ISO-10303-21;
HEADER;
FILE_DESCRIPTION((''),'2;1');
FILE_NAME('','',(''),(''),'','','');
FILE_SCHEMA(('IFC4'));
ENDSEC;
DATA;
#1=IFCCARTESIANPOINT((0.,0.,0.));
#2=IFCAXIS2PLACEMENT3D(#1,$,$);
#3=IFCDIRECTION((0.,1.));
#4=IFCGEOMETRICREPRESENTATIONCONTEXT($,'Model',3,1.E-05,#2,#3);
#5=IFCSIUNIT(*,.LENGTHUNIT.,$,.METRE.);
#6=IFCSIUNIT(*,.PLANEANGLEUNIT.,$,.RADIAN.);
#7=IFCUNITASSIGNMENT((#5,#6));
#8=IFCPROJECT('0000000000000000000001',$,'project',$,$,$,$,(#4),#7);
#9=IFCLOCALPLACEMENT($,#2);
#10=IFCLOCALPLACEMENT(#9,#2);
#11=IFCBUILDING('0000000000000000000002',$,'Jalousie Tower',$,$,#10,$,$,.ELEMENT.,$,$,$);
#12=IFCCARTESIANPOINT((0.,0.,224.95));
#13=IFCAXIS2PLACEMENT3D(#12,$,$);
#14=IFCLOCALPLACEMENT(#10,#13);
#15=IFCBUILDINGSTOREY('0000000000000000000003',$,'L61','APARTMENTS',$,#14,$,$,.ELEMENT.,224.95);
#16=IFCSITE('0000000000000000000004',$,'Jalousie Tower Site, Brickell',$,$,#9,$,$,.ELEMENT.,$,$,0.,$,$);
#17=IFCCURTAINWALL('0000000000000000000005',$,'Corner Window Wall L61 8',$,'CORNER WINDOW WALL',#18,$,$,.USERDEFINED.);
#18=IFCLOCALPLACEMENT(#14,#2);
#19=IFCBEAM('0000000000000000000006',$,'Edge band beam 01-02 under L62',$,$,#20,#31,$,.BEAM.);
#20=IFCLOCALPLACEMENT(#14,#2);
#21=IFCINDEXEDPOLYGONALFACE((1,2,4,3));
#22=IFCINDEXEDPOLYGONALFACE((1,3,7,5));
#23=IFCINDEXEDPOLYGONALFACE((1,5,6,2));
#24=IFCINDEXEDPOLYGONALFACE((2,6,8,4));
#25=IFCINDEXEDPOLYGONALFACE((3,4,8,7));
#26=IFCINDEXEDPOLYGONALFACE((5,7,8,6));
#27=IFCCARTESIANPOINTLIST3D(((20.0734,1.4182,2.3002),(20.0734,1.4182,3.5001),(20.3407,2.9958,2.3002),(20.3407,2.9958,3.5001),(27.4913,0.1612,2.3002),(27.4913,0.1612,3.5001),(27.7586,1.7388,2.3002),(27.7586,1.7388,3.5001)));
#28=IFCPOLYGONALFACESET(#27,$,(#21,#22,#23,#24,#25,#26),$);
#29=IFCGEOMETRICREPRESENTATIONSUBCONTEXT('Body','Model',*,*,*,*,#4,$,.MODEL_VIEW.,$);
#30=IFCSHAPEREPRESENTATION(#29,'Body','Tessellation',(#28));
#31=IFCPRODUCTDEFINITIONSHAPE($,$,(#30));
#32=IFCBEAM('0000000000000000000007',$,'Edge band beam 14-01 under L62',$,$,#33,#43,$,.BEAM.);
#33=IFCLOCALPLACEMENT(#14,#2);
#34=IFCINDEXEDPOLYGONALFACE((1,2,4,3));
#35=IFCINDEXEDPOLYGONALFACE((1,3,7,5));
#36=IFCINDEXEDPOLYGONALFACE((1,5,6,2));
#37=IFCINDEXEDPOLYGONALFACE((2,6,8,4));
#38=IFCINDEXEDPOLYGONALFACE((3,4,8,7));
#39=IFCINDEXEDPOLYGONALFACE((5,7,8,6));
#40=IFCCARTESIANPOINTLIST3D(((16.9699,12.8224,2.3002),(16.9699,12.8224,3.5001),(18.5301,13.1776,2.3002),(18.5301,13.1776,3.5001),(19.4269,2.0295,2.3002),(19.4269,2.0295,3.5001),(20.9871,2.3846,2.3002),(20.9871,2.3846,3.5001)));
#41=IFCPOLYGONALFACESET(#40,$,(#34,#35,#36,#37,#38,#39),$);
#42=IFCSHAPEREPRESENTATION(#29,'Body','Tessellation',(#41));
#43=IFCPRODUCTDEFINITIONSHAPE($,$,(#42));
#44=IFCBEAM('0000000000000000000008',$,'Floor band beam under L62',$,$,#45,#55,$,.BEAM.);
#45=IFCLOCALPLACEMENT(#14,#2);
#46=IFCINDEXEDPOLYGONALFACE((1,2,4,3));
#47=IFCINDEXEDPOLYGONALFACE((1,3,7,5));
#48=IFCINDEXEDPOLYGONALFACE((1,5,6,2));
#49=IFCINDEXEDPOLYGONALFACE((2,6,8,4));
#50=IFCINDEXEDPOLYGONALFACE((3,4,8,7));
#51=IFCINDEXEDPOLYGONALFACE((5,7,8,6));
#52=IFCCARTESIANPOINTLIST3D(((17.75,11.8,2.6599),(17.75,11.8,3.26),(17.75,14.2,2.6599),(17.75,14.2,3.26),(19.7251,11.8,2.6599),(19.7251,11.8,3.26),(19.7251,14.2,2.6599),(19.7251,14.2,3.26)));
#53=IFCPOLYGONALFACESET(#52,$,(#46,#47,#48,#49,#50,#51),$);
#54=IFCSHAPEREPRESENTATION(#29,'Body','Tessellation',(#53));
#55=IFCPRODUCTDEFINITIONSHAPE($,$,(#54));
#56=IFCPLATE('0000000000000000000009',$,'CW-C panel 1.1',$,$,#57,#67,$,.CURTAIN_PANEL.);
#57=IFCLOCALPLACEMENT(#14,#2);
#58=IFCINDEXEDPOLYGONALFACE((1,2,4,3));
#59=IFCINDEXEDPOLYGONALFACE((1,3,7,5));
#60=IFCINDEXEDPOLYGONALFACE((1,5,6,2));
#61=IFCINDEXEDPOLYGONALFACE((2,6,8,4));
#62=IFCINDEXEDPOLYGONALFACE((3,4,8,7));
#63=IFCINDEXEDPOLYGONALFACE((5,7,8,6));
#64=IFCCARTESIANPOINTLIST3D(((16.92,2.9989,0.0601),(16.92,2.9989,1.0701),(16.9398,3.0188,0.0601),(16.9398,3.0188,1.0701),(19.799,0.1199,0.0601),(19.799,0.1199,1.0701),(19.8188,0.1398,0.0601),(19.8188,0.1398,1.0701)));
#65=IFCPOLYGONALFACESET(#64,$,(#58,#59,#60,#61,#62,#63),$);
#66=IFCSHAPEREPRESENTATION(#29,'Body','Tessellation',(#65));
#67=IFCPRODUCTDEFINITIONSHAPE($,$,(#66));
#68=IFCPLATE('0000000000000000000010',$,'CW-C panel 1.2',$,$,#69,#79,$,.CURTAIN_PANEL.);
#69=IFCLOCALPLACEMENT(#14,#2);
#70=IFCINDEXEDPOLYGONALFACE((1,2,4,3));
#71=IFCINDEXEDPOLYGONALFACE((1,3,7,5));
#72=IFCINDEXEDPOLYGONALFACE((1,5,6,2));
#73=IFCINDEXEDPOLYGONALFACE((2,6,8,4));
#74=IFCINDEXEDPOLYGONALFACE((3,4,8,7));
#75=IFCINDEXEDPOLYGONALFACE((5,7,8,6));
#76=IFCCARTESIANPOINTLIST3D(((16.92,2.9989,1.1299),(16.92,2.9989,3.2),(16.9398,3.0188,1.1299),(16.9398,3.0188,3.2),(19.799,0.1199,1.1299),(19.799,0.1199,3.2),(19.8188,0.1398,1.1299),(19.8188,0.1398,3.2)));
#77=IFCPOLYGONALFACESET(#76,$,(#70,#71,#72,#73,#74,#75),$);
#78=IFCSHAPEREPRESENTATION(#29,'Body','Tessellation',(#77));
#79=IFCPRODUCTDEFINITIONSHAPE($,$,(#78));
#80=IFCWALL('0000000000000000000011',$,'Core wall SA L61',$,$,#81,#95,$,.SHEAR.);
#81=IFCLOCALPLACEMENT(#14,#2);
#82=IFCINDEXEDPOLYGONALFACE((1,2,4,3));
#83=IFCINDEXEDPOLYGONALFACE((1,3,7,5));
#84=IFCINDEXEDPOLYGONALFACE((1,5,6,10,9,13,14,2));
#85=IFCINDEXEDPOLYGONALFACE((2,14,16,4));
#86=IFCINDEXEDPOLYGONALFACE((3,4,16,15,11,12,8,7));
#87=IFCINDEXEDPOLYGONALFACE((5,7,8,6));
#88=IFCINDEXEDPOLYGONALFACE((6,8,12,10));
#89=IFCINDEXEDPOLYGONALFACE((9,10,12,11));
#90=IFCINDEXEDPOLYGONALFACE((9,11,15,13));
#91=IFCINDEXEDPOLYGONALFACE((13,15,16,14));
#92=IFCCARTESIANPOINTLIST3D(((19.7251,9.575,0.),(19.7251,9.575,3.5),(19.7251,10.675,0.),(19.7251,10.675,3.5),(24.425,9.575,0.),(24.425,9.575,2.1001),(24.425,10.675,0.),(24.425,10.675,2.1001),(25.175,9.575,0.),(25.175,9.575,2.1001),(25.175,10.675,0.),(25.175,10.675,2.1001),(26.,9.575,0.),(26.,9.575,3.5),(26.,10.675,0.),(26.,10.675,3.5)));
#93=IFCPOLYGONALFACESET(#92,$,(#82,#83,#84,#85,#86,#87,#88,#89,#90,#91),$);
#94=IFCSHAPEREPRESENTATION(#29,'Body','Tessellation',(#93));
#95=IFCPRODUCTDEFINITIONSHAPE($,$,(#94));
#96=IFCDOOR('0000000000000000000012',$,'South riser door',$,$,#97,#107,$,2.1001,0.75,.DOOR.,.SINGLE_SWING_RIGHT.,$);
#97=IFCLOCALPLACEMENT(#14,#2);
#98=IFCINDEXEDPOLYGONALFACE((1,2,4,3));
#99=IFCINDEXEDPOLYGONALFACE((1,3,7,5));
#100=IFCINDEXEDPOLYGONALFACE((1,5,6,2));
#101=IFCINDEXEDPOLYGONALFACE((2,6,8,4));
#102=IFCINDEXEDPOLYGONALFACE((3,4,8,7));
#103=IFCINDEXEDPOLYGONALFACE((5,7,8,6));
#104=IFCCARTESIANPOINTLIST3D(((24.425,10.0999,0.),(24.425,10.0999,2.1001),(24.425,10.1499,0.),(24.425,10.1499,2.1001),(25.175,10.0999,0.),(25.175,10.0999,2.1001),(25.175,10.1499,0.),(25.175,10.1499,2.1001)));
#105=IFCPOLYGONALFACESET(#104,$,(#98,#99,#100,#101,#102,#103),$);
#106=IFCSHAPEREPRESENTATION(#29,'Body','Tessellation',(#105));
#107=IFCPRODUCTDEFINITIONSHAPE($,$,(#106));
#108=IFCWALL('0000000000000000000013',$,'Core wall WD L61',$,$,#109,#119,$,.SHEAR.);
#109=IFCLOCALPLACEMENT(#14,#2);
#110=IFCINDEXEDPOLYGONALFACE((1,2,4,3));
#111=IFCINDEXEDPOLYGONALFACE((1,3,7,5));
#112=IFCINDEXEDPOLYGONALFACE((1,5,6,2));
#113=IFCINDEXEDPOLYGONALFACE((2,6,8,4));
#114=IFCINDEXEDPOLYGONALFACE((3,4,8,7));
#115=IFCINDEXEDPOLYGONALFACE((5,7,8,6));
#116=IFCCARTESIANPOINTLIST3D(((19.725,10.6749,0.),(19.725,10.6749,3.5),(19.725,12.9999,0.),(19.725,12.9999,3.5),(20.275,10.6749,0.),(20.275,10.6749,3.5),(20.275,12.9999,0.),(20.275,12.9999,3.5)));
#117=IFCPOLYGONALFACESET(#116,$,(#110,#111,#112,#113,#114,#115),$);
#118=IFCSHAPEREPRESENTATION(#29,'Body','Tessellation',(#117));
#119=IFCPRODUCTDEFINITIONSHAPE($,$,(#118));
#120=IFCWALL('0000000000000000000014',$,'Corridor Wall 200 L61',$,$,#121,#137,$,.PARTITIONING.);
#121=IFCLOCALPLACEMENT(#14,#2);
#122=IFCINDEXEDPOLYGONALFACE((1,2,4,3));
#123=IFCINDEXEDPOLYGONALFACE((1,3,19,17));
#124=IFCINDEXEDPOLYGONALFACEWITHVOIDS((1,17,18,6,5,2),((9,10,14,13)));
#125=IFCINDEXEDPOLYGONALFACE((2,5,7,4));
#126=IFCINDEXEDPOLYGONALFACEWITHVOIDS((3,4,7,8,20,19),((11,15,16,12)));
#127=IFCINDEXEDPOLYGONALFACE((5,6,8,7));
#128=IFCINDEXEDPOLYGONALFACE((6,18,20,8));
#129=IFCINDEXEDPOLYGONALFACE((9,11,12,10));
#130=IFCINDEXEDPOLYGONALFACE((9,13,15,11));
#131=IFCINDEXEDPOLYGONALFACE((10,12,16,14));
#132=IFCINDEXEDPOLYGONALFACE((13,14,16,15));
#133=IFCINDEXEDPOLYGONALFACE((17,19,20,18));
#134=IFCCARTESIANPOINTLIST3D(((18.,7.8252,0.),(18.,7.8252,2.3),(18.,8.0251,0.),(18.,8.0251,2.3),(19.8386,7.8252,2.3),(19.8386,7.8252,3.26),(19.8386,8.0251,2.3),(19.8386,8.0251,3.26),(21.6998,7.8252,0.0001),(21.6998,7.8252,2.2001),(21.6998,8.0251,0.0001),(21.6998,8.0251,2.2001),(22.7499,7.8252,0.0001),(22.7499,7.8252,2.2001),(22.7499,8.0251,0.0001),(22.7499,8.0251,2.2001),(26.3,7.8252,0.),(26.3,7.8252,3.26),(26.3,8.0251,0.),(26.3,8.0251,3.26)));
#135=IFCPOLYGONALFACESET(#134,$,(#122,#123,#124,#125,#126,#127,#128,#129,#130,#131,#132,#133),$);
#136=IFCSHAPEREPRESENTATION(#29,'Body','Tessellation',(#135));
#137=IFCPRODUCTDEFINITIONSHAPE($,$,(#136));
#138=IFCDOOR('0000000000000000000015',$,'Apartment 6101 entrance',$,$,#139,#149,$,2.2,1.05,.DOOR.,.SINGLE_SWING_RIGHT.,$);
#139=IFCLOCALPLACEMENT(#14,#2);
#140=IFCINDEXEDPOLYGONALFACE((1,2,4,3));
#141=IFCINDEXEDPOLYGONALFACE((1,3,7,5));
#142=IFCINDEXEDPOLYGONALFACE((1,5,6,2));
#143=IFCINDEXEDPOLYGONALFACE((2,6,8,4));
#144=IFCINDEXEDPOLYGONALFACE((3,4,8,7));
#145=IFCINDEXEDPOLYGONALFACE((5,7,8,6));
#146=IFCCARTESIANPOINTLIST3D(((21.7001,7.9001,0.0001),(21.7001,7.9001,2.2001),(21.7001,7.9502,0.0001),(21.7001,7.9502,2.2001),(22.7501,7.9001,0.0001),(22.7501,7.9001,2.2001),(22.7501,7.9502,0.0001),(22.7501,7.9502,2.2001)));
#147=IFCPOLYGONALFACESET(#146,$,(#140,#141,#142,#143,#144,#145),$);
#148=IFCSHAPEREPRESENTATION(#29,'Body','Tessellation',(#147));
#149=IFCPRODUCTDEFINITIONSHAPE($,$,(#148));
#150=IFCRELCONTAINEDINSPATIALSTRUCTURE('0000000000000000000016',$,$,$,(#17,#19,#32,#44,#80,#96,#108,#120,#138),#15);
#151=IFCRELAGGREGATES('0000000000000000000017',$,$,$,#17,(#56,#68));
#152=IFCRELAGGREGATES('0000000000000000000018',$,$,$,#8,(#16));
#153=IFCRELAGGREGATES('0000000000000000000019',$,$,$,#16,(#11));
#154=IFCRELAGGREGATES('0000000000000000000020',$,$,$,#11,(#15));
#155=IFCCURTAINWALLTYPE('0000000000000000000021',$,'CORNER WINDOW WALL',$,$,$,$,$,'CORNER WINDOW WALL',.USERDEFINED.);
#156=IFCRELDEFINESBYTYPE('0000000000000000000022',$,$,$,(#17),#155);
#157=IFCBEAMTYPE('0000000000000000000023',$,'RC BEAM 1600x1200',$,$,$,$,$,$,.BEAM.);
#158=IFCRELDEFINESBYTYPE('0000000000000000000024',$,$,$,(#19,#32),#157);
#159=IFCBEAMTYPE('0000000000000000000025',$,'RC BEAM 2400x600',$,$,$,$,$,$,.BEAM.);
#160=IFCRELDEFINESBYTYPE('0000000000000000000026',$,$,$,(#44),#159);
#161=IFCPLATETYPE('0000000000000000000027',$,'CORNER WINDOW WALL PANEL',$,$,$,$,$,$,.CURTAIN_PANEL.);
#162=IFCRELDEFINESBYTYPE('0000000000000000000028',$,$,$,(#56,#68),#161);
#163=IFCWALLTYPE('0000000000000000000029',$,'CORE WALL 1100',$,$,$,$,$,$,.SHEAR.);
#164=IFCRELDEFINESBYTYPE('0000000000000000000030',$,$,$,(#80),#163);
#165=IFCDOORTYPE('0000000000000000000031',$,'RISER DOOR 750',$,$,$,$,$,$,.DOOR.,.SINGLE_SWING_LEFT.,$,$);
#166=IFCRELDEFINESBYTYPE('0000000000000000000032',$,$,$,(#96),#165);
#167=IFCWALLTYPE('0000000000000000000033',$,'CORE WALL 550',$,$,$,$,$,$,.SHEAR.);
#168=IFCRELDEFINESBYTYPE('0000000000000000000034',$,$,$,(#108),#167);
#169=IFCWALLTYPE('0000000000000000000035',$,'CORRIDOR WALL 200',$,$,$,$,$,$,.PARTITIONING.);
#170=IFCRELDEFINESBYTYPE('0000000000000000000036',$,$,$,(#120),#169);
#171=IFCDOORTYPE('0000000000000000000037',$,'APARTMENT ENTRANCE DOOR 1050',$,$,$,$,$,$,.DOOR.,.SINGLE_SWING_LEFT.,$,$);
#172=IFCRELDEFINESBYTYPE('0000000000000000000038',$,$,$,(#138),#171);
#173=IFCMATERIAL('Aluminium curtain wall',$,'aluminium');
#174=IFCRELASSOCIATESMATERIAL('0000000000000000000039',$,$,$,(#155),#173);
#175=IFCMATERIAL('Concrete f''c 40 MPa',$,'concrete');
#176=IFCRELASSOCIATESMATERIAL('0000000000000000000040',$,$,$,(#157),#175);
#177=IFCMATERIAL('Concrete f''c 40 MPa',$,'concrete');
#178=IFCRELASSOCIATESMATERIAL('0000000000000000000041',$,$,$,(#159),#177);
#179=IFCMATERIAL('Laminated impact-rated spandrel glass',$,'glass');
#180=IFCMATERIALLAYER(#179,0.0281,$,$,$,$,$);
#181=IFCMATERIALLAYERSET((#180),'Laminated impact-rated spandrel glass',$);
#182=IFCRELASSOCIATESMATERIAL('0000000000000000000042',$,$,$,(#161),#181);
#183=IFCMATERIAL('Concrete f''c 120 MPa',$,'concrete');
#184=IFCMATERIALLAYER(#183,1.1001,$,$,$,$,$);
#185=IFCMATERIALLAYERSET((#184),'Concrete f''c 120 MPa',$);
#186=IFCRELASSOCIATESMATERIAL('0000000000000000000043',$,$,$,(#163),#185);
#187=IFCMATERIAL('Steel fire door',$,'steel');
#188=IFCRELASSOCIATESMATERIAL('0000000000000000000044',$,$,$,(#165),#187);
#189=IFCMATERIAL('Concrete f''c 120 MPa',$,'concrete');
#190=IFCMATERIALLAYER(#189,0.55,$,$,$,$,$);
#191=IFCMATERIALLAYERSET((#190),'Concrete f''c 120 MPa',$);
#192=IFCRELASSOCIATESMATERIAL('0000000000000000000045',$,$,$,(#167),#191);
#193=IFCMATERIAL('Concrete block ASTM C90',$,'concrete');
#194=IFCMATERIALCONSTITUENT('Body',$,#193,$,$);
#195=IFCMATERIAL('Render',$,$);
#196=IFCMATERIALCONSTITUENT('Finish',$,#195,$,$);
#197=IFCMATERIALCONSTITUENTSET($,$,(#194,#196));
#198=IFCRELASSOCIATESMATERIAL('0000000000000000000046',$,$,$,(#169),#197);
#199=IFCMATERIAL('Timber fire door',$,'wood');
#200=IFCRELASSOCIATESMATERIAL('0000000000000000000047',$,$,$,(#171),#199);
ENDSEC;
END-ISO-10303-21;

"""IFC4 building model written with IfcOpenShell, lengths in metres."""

from ifc_helpers import new_model, si_unit, direction, frame, frame_2d, origin, origin_2d, place, context, subcontext, project, spatial, polyline, rectangle, outline, extrude, material, layer, layer_set, constituent, constituent_set, material_profile, profile_set, type_object, element, fill, aggregate, save


model = new_model("IFC4")

# Units and contexts
model_context = context("Model", 3, precision=1e-05, world=origin(), true_north=direction((0.0, 1.0)))
body_context = subcontext(model_context, "Body", "Model", "MODEL_VIEW")
ifc_project = project(units=[si_unit("LENGTHUNIT", "METRE"), si_unit("PLANEANGLEUNIT", "RADIAN")], contexts=[model_context])

# Site, building, storey
site_placement = place(None, origin())
site = spatial("IfcSite", under=ifc_project, at=site_placement, Name="Jalousie Tower Site, Brickell", CompositionType="ELEMENT", RefElevation=0.0)
building_placement = place(site_placement, origin())
building = spatial("IfcBuilding", under=site, at=building_placement, Name="Jalousie Tower", CompositionType="ELEMENT")
storey_placement = place(building_placement, frame((0.0, 0.0, 224.95)))
storey = spatial("IfcBuildingStorey", under=building, at=storey_placement, Name="L61", Description="APARTMENTS", CompositionType="ELEMENT", Elevation=224.95)

# Curtain wall
ifc_material_1 = material(Name="Aluminium curtain wall", Category="aluminium")
curtain_wall_type = type_object("IfcCurtainWallType", Name="CORNER WINDOW WALL", ElementType="CORNER WINDOW WALL", PredefinedType="USERDEFINED", material=ifc_material_1)
curtain_wall_placement = place(storey_placement, origin())
curtain_wall = element("IfcCurtainWall", 1, at=curtain_wall_placement, inside=storey, type_object=curtain_wall_type, Name="Corner Window Wall L61 8", ObjectType="CORNER WINDOW WALL", PredefinedType="USERDEFINED")

# Beams
ifc_material_2 = material(Name="Concrete f'c 40 MPa", Category="concrete")
ifc_material_profile_1 = material_profile(ifc_material_2, rectangle(XDim=1.6001, YDim=1.2, at=origin_2d()), Name="RC 1600x1200")
ifc_profile_set_1 = profile_set([ifc_material_profile_1], Name="Concrete f'c 40 MPa")
beam_type_1 = type_object("IfcBeamType", Name="RC BEAM 1600x1200", PredefinedType="BEAM", material=ifc_profile_set_1)
beam_1_placement = place(storey_placement, frame((20.207, 2.207, 2.9001), z_axis=(0.985943, -0.167082, 0.0), x_axis=(0.167082, 0.985943, 0.0)))
element("IfcBeam", 2, at=beam_1_placement, inside=storey, type_object=beam_type_1, Name="Edge band beam 01-02 under L62", PredefinedType="BEAM", context=body_context, shape_type="SweptSolid", body=[
    extrude(rectangle(XDim=1.6001, YDim=1.2, at=origin_2d()), origin(), (0.0, 0.0, 1.0), 7.5237),
])
beam_2_placement = place(storey_placement, frame((17.75, 13.0, 2.9001), z_axis=(0.221972, -0.975053, 0.0), x_axis=(0.975053, 0.221972, 0.0)))
element("IfcBeam", 3, at=beam_2_placement, inside=storey, type_object=beam_type_1, Name="Edge band beam 14-01 under L62", PredefinedType="BEAM", context=body_context, shape_type="SweptSolid", body=[
    extrude(rectangle(XDim=1.6001, YDim=1.2, at=origin_2d()), origin(), (0.0, 0.0, 1.0), 11.0691),
])
ifc_material_3 = material(Name="Concrete f'c 40 MPa", Category="concrete")
ifc_material_profile_2 = material_profile(ifc_material_3, rectangle(XDim=2.3999, YDim=0.6001, at=origin_2d()), Name="RC 2400x600")
ifc_profile_set_2 = profile_set([ifc_material_profile_2], Name="Concrete f'c 40 MPa")
beam_type_2 = type_object("IfcBeamType", Name="RC BEAM 2400x600", PredefinedType="BEAM", material=ifc_profile_set_2)
beam_3_placement = place(storey_placement, frame((17.75, 13.0, 2.96), z_axis=(1.0, 0.0, 0.0), x_axis=(0.0, 1.0, 0.0)))
element("IfcBeam", 4, at=beam_3_placement, inside=storey, type_object=beam_type_2, Name="Floor band beam under L62", PredefinedType="BEAM", context=body_context, shape_type="SweptSolid", body=[
    extrude(rectangle(XDim=2.3999, YDim=0.6001, at=origin_2d()), origin(), (0.0, 0.0, 1.0), 1.9751),
])

# Plates
ifc_material_4 = material(Name="Laminated impact-rated spandrel glass", Category="glass")
ifc_layer_1 = layer(ifc_material_4, 0.0281)
ifc_layer_set_1 = layer_set([ifc_layer_1], Name="Laminated impact-rated spandrel glass")
plate_type = type_object("IfcPlateType", Name="CORNER WINDOW WALL PANEL", PredefinedType="CURTAIN_PANEL", material=ifc_layer_set_1)
plate_1_placement = place(storey_placement, frame((18.3694, 1.5693, 0.0601), z_axis=(0.0, 0.0, 1.0), x_axis=(0.707107, -0.707107, 0.0)))
plate_1 = element("IfcPlate", 5, at=plate_1_placement, type_object=plate_type, Name="CW-C panel 1.1", PredefinedType="CURTAIN_PANEL", context=body_context, shape_type="SweptSolid", body=[
    extrude(rectangle(XDim=4.0715, YDim=0.0281, at=origin_2d()), origin(), (0.0, 0.0, 1.0), 1.01),
])
plate_2_placement = place(storey_placement, frame((18.3694, 1.5693, 1.1299), z_axis=(0.0, 0.0, 1.0), x_axis=(0.707107, -0.707107, 0.0)))
plate_2 = element("IfcPlate", 6, at=plate_2_placement, type_object=plate_type, Name="CW-C panel 1.2", PredefinedType="CURTAIN_PANEL", context=body_context, shape_type="SweptSolid", body=[
    extrude(rectangle(XDim=4.0715, YDim=0.0281, at=origin_2d()), origin(), (0.0, 0.0, 1.0), 2.0701),
])
aggregate(curtain_wall, [plate_1, plate_2])

# Wall, opening, door
ifc_material_5 = material(Name="Concrete f'c 120 MPa", Category="concrete")
ifc_layer_2 = layer(ifc_material_5, 1.1001)
ifc_layer_set_2 = layer_set([ifc_layer_2], Name="Concrete f'c 120 MPa")
wall_type_1 = type_object("IfcWallType", Name="CORE WALL 1100", PredefinedType="SHEAR", material=ifc_layer_set_2)
wall_1_placement = place(storey_placement, frame((19.7251, 10.125, 0.0), z_axis=(0.0, 0.0, 1.0), x_axis=(1.0, 0.0, 0.0)))
wall_1 = element("IfcWall", 7, at=wall_1_placement, inside=storey, type_object=wall_type_1, Name="Core wall SA L61", PredefinedType="SHEAR", context=body_context, shape_type="SweptSolid", body=[
    extrude(rectangle(XDim=6.2749, YDim=1.1001, at=frame_2d((3.1375, 0.0))), origin(), (0.0, 0.0, 1.0), 3.5),
])
opening_1_placement = place(wall_1_placement, frame((4.7, 0.0, 0.0)))
opening_1 = element("IfcOpeningElement", 8, at=opening_1_placement, cuts=wall_1, PredefinedType="OPENING", context=body_context, shape_type="SweptSolid", body=[
    extrude(rectangle(XDim=0.75, YDim=2.1001, at=frame_2d((0.375, 1.05))), frame((0.0, 0.5601, 0.0), z_axis=(0.0, -1.0, 0.0), x_axis=(1.0, 0.0, 0.0)), (0.0, 0.0, 1.0), 1.1201),
])
ifc_material_6 = material(Name="Steel fire door", Category="steel")
door_type_1 = type_object("IfcDoorType", Name="RISER DOOR 750", OperationType="SINGLE_SWING_LEFT", PredefinedType="DOOR", material=ifc_material_6)
door_1_placement = place(opening_1_placement, origin())
door_1 = element("IfcDoor", 9, at=door_1_placement, inside=storey, type_object=door_type_1, Name="South riser door", OperationType="SINGLE_SWING_RIGHT", OverallHeight=2.1001, OverallWidth=0.75, PredefinedType="DOOR", context=body_context, shape_type="SweptSolid", body=[
    extrude(rectangle(XDim=0.75, YDim=2.1001, at=frame_2d((0.375, 1.05))), frame((0.0, 0.0249, 0.0), z_axis=(0.0, -1.0, 0.0), x_axis=(1.0, 0.0, 0.0)), (0.0, 0.0, 1.0), 0.05),
])
fill(opening_1, door_1)

# Wall
ifc_material_7 = material(Name="Concrete f'c 120 MPa", Category="concrete")
ifc_layer_3 = layer(ifc_material_7, 0.55)
ifc_layer_set_3 = layer_set([ifc_layer_3], Name="Concrete f'c 120 MPa")
wall_type_2 = type_object("IfcWallType", Name="CORE WALL 550", PredefinedType="SHEAR", material=ifc_layer_set_3)
wall_2_placement = place(storey_placement, frame((20.0, 13.0, 0.0), z_axis=(0.0, 0.0, 1.0), x_axis=(0.0, -1.0, 0.0)))
element("IfcWall", 10, at=wall_2_placement, inside=storey, type_object=wall_type_2, Name="Core wall WD L61", PredefinedType="SHEAR", context=body_context, shape_type="SweptSolid", body=[
    extrude(rectangle(XDim=2.325, YDim=0.55, at=frame_2d((1.1626, 0.0))), origin(), (0.0, 0.0, 1.0), 3.5),
])

# Wall, opening, door
ifc_material_8 = material(Name="Concrete block ASTM C90", Category="concrete")
ifc_constituent_1 = constituent(ifc_material_8, Name="Body")
ifc_material_9 = material(Name="Render")
ifc_constituent_2 = constituent(ifc_material_9, Name="Finish")
ifc_constituent_set_1 = constituent_set(constituents=[ifc_constituent_1, ifc_constituent_2])
wall_type_3 = type_object("IfcWallType", Name="CORRIDOR WALL 200", PredefinedType="PARTITIONING", material=ifc_constituent_set_1)
wall_3_placement = place(storey_placement, frame((18.0, 7.925, 0.0), z_axis=(0.0, 0.0, 1.0), x_axis=(1.0, 0.0, 0.0)))
wall_3 = element("IfcWall", 11, at=wall_3_placement, inside=storey, type_object=wall_type_3, Name="Corridor Wall 200 L61", PredefinedType="PARTITIONING", context=body_context, shape_type="SweptSolid", body=[
    extrude(outline(polyline([(0.0, 0.0), (8.3, 0.0), (8.3, 3.26), (1.8386, 3.26), (1.8386, 2.3), (0.0, 2.3), (0.0, 3.26), (0.0, 0.0)])), frame((0.0, 0.1001, 0.0), z_axis=(0.0, -1.0, 0.0), x_axis=(1.0, 0.0, 0.0)), (0.0, 0.0, 1.0), 0.2),
])
opening_2_placement = place(wall_3_placement, frame((3.7, 0.0, 0.0)))
opening_2 = element("IfcOpeningElement", 12, at=opening_2_placement, cuts=wall_3, PredefinedType="OPENING", context=body_context, shape_type="SweptSolid", body=[
    extrude(rectangle(XDim=1.05, YDim=2.2, at=frame_2d((0.5249, 1.1001))), frame((0.0, 0.1099, 0.0), z_axis=(0.0, -1.0, 0.0), x_axis=(1.0, 0.0, 0.0)), (0.0, 0.0, 1.0), 0.22),
])
ifc_material_10 = material(Name="Timber fire door", Category="wood")
door_type_2 = type_object("IfcDoorType", Name="APARTMENT ENTRANCE DOOR 1050", OperationType="SINGLE_SWING_LEFT", PredefinedType="DOOR", material=ifc_material_10)
door_2_placement = place(opening_2_placement, frame((1.05, 0.0, 0.0), z_axis=(0.0, 0.0, 1.0), x_axis=(-1.0, 0.0, 0.0)))
door_2 = element("IfcDoor", 13, at=door_2_placement, inside=storey, type_object=door_type_2, Name="Apartment 6101 entrance", OperationType="SINGLE_SWING_RIGHT", OverallHeight=2.2, OverallWidth=1.05, PredefinedType="DOOR", context=body_context, shape_type="SweptSolid", body=[
    extrude(rectangle(XDim=1.05, YDim=2.2, at=frame_2d((0.5249, 1.1001))), frame((0.0, 0.0249, 0.0), z_axis=(0.0, -1.0, 0.0), x_axis=(1.0, 0.0, 0.0)), (0.0, 0.0, 1.0), 0.05),
])
fill(opening_2, door_2)

save(model, "model.ifc")
